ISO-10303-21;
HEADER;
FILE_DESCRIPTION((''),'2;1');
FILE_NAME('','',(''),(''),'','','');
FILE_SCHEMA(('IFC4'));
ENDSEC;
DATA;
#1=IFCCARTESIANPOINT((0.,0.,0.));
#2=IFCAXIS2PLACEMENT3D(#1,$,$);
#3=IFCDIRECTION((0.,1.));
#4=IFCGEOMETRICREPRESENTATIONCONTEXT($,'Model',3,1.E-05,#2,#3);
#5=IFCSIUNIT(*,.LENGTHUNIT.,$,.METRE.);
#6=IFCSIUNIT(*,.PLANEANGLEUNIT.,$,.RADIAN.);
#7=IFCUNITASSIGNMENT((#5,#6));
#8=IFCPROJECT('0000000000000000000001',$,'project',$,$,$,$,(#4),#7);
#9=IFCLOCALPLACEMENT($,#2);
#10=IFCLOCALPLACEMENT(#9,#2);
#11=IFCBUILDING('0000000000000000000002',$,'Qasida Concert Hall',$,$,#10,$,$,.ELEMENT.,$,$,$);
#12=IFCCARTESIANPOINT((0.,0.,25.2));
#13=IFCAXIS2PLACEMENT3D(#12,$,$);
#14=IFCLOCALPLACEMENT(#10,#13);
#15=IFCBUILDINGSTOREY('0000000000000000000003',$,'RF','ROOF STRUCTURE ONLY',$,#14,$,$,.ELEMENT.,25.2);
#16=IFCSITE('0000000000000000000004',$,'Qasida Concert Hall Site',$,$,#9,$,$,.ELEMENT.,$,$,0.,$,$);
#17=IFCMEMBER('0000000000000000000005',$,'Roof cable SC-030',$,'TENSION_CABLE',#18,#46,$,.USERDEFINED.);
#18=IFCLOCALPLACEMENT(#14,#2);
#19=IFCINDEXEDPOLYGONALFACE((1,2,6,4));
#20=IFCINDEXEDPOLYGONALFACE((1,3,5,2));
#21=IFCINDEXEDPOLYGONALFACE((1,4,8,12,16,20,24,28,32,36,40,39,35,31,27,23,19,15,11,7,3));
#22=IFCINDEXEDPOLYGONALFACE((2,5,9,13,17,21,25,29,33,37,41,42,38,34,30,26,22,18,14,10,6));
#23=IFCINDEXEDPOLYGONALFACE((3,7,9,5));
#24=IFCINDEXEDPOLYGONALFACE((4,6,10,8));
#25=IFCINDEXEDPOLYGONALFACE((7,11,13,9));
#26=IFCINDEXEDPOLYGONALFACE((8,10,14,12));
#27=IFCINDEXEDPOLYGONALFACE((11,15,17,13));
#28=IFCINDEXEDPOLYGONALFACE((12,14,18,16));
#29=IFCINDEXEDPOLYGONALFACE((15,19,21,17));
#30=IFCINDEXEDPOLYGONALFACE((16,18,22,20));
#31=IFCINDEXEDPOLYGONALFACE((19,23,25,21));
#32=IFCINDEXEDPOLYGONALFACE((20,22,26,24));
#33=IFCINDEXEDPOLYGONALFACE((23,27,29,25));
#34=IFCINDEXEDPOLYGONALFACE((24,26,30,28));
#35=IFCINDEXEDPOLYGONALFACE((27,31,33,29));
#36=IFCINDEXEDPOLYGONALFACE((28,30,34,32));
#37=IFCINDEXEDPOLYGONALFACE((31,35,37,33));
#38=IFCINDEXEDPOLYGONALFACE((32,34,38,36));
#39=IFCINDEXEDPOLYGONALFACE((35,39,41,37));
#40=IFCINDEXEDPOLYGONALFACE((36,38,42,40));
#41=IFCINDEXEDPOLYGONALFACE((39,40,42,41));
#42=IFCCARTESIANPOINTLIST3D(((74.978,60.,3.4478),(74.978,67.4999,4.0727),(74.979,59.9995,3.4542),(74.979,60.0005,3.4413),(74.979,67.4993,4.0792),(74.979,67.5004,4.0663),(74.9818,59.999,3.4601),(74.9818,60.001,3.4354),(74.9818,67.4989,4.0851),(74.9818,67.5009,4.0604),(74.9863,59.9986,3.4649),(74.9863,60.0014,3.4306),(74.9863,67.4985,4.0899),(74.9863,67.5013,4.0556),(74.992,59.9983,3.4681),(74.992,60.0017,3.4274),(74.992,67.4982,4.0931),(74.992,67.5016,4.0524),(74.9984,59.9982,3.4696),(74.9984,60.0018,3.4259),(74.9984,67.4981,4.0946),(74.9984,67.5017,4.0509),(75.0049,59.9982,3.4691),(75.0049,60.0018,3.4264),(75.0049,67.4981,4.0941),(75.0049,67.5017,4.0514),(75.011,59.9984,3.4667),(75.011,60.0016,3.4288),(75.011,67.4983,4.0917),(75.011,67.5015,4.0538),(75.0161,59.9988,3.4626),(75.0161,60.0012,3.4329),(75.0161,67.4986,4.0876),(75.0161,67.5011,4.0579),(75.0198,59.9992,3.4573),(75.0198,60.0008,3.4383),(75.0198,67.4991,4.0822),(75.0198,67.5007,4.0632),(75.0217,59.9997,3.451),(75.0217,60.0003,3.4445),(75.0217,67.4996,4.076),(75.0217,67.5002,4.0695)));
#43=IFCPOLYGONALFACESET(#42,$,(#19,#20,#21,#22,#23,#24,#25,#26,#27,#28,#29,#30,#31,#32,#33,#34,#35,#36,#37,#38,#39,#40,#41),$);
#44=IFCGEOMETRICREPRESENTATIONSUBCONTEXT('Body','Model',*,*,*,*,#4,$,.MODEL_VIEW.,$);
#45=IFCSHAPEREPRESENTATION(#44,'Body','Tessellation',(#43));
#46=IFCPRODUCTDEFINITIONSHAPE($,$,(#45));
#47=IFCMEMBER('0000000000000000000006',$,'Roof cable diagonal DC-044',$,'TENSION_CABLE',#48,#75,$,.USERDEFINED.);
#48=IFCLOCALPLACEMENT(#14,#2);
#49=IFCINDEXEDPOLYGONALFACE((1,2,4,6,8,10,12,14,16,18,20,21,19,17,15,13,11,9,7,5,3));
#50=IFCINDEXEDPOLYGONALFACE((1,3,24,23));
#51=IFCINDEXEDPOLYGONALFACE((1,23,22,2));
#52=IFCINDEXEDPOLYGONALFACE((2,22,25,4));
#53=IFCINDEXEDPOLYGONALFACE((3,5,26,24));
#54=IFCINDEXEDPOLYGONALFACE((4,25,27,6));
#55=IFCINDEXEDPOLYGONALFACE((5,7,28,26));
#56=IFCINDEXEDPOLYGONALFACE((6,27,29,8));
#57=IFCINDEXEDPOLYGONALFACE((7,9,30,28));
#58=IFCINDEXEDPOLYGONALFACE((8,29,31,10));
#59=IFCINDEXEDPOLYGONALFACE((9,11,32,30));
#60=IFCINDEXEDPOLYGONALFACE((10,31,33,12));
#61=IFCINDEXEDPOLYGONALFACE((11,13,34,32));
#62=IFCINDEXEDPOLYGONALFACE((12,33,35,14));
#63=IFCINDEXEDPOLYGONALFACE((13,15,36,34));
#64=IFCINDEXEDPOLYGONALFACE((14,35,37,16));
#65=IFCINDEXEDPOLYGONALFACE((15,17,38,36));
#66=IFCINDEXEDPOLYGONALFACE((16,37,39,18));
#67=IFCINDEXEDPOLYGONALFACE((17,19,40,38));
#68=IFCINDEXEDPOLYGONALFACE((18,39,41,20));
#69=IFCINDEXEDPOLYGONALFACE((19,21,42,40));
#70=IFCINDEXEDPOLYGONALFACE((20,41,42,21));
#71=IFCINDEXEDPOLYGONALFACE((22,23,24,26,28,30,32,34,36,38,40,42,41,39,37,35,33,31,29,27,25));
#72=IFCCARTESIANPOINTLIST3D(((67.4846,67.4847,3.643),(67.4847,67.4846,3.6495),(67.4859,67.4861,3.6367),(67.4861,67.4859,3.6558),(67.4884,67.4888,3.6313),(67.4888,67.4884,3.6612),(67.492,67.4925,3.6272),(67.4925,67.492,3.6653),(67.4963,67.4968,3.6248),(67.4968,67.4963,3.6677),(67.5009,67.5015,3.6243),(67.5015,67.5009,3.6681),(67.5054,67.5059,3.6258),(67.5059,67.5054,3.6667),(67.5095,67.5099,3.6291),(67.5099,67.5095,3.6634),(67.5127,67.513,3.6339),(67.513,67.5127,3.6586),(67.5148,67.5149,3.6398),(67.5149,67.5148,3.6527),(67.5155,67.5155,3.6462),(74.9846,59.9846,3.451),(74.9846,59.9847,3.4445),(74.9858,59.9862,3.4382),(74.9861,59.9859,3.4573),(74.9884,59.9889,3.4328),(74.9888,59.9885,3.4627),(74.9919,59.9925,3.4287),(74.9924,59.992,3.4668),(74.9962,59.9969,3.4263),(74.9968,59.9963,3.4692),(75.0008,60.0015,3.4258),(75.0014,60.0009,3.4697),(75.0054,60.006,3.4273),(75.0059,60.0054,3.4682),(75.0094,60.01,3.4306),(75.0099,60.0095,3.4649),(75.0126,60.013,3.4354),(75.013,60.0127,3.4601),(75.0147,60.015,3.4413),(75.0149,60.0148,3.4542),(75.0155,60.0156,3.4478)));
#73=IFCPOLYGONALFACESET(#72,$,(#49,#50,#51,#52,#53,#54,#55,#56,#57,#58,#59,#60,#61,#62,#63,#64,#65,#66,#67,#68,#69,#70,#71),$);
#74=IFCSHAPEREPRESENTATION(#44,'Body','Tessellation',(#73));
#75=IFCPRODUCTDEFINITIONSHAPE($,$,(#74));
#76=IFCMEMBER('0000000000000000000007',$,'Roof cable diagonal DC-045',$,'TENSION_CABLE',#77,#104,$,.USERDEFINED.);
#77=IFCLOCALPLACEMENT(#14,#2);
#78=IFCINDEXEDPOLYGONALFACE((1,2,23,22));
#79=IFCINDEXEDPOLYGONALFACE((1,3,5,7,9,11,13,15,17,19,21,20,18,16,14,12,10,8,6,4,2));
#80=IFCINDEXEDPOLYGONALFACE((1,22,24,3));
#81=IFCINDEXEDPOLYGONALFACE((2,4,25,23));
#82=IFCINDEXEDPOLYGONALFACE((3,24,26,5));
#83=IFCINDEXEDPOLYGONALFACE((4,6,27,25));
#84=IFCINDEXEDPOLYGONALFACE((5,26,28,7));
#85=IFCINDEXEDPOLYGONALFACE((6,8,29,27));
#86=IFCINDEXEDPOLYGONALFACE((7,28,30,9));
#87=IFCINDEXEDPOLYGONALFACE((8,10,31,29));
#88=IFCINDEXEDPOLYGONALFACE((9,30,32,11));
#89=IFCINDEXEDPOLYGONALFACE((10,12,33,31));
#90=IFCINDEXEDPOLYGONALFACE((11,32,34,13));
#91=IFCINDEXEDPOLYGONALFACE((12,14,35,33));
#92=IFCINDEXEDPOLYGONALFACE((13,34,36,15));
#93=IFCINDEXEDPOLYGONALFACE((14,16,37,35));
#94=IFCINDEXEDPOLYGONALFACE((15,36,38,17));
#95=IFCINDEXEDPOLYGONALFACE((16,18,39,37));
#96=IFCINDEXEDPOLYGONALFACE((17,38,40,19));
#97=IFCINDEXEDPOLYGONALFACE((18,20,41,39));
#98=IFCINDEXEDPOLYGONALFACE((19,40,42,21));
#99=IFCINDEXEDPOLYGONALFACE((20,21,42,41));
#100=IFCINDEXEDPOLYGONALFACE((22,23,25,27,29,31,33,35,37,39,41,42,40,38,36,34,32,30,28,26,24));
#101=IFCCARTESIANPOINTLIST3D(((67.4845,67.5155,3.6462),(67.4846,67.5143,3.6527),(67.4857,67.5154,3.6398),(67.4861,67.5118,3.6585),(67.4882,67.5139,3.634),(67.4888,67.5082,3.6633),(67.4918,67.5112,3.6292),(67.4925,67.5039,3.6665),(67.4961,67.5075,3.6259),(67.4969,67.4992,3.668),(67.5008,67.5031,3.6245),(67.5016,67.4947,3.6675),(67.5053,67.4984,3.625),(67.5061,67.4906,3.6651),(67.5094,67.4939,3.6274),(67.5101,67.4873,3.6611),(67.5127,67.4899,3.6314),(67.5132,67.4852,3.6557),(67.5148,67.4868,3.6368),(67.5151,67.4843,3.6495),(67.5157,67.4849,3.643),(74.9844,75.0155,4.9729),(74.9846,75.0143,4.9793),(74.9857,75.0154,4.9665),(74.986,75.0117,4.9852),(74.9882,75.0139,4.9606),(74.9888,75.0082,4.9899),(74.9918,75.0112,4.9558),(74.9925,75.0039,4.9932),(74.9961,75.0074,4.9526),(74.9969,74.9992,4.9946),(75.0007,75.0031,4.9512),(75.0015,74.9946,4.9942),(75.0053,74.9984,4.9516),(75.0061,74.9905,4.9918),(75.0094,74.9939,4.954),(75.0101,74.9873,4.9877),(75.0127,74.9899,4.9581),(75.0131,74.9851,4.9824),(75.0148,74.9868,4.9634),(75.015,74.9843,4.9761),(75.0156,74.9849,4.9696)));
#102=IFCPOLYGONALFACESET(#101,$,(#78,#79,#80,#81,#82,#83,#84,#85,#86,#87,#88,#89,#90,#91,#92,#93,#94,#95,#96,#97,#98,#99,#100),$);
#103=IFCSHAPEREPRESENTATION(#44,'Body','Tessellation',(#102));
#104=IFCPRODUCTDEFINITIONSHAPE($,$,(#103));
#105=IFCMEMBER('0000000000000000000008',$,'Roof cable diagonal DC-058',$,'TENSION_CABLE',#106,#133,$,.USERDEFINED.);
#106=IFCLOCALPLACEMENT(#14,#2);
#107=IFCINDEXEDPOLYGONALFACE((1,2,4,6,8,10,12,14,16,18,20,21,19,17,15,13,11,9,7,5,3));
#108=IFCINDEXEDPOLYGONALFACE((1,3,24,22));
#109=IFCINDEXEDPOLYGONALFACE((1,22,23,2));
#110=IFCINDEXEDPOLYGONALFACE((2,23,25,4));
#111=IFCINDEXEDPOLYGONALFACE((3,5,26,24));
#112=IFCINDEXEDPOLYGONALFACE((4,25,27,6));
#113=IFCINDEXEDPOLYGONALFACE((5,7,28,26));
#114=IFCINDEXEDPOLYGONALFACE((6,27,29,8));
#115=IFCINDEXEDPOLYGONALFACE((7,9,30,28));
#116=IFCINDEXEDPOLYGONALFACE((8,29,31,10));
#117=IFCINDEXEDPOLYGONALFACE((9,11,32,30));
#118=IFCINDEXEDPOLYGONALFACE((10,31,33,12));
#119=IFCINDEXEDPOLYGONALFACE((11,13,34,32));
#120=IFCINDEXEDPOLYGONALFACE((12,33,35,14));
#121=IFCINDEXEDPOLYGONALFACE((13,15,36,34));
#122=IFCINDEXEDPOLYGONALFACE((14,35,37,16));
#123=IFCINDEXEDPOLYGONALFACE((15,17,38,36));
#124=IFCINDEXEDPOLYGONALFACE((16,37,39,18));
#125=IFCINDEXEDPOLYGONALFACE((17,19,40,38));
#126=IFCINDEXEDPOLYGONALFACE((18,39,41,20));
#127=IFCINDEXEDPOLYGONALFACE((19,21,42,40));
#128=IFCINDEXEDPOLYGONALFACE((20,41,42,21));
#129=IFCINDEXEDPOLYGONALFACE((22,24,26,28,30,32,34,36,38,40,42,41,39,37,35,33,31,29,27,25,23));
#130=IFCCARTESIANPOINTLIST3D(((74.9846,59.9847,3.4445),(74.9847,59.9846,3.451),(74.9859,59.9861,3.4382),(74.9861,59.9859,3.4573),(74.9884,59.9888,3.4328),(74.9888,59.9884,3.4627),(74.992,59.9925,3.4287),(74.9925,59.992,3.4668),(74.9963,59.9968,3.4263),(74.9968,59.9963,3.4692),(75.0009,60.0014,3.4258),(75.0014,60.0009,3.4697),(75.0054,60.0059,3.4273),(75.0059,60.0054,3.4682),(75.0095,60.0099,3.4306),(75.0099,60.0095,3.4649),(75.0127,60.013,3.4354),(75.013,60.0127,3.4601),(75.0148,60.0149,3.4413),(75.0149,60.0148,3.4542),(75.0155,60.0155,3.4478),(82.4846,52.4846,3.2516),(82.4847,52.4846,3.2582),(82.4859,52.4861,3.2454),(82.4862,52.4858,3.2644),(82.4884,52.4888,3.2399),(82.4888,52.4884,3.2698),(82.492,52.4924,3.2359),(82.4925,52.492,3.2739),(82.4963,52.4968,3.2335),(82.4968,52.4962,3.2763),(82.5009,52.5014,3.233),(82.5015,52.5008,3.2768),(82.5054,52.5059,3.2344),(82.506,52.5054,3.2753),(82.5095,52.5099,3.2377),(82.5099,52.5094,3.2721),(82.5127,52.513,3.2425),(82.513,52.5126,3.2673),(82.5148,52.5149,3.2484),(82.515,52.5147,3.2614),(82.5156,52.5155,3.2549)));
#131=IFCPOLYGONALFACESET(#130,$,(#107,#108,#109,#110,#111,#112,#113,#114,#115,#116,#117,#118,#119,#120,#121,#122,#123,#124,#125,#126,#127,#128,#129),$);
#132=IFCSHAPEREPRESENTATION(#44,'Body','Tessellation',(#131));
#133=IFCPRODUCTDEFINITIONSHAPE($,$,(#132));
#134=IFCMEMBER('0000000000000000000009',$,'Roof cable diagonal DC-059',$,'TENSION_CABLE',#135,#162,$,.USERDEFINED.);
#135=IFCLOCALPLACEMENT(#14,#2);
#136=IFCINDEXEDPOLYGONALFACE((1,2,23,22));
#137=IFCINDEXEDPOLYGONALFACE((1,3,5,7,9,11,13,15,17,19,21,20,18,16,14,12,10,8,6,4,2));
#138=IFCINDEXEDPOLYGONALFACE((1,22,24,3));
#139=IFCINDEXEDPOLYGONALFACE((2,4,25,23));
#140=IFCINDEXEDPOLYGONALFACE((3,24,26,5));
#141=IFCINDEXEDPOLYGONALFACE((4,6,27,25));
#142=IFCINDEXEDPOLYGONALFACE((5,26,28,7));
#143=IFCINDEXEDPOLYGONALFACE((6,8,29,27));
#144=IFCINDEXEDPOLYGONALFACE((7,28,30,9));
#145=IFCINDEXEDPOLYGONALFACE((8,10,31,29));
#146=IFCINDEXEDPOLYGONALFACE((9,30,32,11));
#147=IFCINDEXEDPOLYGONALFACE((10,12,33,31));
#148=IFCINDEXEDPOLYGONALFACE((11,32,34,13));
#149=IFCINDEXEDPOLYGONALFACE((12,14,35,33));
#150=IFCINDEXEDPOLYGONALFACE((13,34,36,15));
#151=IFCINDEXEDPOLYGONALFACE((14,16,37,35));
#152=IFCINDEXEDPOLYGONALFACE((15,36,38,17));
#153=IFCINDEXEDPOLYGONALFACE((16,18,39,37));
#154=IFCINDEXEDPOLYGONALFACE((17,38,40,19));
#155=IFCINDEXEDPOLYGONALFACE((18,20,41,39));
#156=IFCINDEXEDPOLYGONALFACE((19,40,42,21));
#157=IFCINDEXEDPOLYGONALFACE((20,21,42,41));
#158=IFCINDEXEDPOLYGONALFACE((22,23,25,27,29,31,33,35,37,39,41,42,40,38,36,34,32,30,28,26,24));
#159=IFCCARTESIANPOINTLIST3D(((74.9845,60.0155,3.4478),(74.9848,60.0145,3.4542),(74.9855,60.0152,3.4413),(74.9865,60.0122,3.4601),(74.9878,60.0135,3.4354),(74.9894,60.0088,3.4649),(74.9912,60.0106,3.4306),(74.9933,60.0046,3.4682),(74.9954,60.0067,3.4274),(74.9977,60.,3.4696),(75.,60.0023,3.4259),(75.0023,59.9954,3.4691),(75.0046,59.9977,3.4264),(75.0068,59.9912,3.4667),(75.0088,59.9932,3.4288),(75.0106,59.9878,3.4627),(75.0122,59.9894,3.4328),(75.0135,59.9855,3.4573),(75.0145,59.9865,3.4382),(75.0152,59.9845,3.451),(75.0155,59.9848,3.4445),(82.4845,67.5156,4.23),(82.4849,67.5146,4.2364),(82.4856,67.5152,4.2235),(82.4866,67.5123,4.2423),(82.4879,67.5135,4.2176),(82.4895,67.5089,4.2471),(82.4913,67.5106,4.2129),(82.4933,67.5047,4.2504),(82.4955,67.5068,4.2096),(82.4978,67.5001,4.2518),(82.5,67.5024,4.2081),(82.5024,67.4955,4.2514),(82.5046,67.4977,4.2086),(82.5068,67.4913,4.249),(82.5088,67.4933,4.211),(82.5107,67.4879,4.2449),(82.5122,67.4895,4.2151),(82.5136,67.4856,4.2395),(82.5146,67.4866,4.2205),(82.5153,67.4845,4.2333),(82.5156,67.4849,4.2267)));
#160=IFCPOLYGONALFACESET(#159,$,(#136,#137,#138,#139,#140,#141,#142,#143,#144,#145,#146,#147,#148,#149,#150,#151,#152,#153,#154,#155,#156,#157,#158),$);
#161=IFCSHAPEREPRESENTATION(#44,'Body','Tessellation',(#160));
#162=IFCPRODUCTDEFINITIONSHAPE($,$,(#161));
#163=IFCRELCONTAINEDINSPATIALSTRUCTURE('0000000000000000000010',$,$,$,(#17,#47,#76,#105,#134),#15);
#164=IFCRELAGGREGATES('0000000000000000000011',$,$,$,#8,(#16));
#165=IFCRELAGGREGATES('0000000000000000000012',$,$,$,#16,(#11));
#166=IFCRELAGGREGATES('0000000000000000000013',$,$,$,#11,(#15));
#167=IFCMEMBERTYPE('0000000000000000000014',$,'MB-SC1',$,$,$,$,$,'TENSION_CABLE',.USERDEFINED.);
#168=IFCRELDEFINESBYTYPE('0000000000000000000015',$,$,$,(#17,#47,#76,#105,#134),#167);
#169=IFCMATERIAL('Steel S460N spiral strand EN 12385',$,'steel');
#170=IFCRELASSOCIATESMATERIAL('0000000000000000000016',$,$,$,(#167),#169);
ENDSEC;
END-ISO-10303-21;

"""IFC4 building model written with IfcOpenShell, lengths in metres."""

from ifc_helpers import new_model, si_unit, direction, frame, origin, origin_2d, place, context, subcontext, project, spatial, circle, extrude, material, material_profile, profile_set, type_object, element, save


model = new_model("IFC4")

# Units and contexts
model_context = context("Model", 3, precision=1e-05, world=origin(), true_north=direction((0.0, 1.0)))
body_context = subcontext(model_context, "Body", "Model", "MODEL_VIEW")
ifc_project = project(units=[si_unit("LENGTHUNIT", "METRE"), si_unit("PLANEANGLEUNIT", "RADIAN")], contexts=[model_context])

# Site, building, storey
site_placement = place(None, origin())
site = spatial("IfcSite", under=ifc_project, at=site_placement, Name="Qasida Concert Hall Site", CompositionType="ELEMENT", RefElevation=0.0)
building_placement = place(site_placement, origin())
building = spatial("IfcBuilding", under=site, at=building_placement, Name="Qasida Concert Hall", CompositionType="ELEMENT")
storey_placement = place(building_placement, frame((0.0, 0.0, 25.2)))
storey = spatial("IfcBuildingStorey", under=building, at=storey_placement, Name="RF", Description="ROOF STRUCTURE ONLY", CompositionType="ELEMENT", Elevation=25.2)

# Members
ifc_material_1 = material(Name="Steel S460N spiral strand EN 12385", Category="steel")
ifc_material_profile_1 = material_profile(ifc_material_1, circle(Radius=0.022, at=origin_2d()), Name="STRAND D44")
ifc_profile_set_1 = profile_set([ifc_material_profile_1], Name="Steel S460N spiral strand EN 12385")
member_type_1 = type_object("IfcMemberType", Name="MB-SC1", ElementType="TENSION_CABLE", PredefinedType="USERDEFINED", material=ifc_profile_set_1)
member_1_placement = place(storey_placement, frame((75.0, 60.0, 3.4478), z_axis=(0.0, 0.996546, 0.083045), x_axis=(-1.0, 0.0, 0.0)))
element("IfcMember", 1, at=member_1_placement, inside=storey, type_object=member_type_1, Name="Roof cable SC-030", ObjectType="TENSION_CABLE", PredefinedType="USERDEFINED", context=body_context, shape_type="SweptSolid", body=[
    extrude(circle(Radius=0.022, at=origin_2d()), origin(), (0.0, 0.0, 1.0), 7.5259),
])
member_2_placement = place(storey_placement, frame((67.5, 67.5, 3.6462), z_axis=(0.706983, -0.706983, -0.01871), x_axis=(0.707107, 0.707107, 0.0)))
element("IfcMember", 2, at=member_2_placement, inside=storey, type_object=member_type_1, Name="Roof cable diagonal DC-044", ObjectType="TENSION_CABLE", PredefinedType="USERDEFINED", context=body_context, shape_type="SweptSolid", body=[
    extrude(circle(Radius=0.022, at=origin_2d()), origin(), (0.0, 0.0, 1.0), 10.6084),
])
member_3_placement = place(storey_placement, frame((67.5, 67.5, 3.6462), z_axis=(0.70164, 0.70164, 0.124112), x_axis=(-0.707107, 0.707107, 0.0)))
element("IfcMember", 3, at=member_3_placement, inside=storey, type_object=member_type_1, Name="Roof cable diagonal DC-045", ObjectType="TENSION_CABLE", PredefinedType="USERDEFINED", context=body_context, shape_type="SweptSolid", body=[
    extrude(circle(Radius=0.022, at=origin_2d()), origin(), (0.0, 0.0, 1.0), 10.6892),
])
member_4_placement = place(storey_placement, frame((75.0, 60.0, 3.4478), z_axis=(0.70699, -0.70699, -0.018181), x_axis=(0.707107, 0.707107, 0.0)))
element("IfcMember", 4, at=member_4_placement, inside=storey, type_object=member_type_1, Name="Roof cable diagonal DC-058", ObjectType="TENSION_CABLE", PredefinedType="USERDEFINED", context=body_context, shape_type="SweptSolid", body=[
    extrude(circle(Radius=0.022, at=origin_2d()), origin(), (0.0, 0.0, 1.0), 10.6084),
])
member_5_placement = place(storey_placement, frame((75.0, 60.0, 3.4478), z_axis=(0.705192, 0.705192, 0.073549), x_axis=(-0.707107, 0.707107, 0.0)))
element("IfcMember", 5, at=member_5_placement, inside=storey, type_object=member_type_1, Name="Roof cable diagonal DC-059", ObjectType="TENSION_CABLE", PredefinedType="USERDEFINED", context=body_context, shape_type="SweptSolid", body=[
    extrude(circle(Radius=0.022, at=origin_2d()), origin(), (0.0, 0.0, 1.0), 10.6355),
])

save(model, "model.ifc")
